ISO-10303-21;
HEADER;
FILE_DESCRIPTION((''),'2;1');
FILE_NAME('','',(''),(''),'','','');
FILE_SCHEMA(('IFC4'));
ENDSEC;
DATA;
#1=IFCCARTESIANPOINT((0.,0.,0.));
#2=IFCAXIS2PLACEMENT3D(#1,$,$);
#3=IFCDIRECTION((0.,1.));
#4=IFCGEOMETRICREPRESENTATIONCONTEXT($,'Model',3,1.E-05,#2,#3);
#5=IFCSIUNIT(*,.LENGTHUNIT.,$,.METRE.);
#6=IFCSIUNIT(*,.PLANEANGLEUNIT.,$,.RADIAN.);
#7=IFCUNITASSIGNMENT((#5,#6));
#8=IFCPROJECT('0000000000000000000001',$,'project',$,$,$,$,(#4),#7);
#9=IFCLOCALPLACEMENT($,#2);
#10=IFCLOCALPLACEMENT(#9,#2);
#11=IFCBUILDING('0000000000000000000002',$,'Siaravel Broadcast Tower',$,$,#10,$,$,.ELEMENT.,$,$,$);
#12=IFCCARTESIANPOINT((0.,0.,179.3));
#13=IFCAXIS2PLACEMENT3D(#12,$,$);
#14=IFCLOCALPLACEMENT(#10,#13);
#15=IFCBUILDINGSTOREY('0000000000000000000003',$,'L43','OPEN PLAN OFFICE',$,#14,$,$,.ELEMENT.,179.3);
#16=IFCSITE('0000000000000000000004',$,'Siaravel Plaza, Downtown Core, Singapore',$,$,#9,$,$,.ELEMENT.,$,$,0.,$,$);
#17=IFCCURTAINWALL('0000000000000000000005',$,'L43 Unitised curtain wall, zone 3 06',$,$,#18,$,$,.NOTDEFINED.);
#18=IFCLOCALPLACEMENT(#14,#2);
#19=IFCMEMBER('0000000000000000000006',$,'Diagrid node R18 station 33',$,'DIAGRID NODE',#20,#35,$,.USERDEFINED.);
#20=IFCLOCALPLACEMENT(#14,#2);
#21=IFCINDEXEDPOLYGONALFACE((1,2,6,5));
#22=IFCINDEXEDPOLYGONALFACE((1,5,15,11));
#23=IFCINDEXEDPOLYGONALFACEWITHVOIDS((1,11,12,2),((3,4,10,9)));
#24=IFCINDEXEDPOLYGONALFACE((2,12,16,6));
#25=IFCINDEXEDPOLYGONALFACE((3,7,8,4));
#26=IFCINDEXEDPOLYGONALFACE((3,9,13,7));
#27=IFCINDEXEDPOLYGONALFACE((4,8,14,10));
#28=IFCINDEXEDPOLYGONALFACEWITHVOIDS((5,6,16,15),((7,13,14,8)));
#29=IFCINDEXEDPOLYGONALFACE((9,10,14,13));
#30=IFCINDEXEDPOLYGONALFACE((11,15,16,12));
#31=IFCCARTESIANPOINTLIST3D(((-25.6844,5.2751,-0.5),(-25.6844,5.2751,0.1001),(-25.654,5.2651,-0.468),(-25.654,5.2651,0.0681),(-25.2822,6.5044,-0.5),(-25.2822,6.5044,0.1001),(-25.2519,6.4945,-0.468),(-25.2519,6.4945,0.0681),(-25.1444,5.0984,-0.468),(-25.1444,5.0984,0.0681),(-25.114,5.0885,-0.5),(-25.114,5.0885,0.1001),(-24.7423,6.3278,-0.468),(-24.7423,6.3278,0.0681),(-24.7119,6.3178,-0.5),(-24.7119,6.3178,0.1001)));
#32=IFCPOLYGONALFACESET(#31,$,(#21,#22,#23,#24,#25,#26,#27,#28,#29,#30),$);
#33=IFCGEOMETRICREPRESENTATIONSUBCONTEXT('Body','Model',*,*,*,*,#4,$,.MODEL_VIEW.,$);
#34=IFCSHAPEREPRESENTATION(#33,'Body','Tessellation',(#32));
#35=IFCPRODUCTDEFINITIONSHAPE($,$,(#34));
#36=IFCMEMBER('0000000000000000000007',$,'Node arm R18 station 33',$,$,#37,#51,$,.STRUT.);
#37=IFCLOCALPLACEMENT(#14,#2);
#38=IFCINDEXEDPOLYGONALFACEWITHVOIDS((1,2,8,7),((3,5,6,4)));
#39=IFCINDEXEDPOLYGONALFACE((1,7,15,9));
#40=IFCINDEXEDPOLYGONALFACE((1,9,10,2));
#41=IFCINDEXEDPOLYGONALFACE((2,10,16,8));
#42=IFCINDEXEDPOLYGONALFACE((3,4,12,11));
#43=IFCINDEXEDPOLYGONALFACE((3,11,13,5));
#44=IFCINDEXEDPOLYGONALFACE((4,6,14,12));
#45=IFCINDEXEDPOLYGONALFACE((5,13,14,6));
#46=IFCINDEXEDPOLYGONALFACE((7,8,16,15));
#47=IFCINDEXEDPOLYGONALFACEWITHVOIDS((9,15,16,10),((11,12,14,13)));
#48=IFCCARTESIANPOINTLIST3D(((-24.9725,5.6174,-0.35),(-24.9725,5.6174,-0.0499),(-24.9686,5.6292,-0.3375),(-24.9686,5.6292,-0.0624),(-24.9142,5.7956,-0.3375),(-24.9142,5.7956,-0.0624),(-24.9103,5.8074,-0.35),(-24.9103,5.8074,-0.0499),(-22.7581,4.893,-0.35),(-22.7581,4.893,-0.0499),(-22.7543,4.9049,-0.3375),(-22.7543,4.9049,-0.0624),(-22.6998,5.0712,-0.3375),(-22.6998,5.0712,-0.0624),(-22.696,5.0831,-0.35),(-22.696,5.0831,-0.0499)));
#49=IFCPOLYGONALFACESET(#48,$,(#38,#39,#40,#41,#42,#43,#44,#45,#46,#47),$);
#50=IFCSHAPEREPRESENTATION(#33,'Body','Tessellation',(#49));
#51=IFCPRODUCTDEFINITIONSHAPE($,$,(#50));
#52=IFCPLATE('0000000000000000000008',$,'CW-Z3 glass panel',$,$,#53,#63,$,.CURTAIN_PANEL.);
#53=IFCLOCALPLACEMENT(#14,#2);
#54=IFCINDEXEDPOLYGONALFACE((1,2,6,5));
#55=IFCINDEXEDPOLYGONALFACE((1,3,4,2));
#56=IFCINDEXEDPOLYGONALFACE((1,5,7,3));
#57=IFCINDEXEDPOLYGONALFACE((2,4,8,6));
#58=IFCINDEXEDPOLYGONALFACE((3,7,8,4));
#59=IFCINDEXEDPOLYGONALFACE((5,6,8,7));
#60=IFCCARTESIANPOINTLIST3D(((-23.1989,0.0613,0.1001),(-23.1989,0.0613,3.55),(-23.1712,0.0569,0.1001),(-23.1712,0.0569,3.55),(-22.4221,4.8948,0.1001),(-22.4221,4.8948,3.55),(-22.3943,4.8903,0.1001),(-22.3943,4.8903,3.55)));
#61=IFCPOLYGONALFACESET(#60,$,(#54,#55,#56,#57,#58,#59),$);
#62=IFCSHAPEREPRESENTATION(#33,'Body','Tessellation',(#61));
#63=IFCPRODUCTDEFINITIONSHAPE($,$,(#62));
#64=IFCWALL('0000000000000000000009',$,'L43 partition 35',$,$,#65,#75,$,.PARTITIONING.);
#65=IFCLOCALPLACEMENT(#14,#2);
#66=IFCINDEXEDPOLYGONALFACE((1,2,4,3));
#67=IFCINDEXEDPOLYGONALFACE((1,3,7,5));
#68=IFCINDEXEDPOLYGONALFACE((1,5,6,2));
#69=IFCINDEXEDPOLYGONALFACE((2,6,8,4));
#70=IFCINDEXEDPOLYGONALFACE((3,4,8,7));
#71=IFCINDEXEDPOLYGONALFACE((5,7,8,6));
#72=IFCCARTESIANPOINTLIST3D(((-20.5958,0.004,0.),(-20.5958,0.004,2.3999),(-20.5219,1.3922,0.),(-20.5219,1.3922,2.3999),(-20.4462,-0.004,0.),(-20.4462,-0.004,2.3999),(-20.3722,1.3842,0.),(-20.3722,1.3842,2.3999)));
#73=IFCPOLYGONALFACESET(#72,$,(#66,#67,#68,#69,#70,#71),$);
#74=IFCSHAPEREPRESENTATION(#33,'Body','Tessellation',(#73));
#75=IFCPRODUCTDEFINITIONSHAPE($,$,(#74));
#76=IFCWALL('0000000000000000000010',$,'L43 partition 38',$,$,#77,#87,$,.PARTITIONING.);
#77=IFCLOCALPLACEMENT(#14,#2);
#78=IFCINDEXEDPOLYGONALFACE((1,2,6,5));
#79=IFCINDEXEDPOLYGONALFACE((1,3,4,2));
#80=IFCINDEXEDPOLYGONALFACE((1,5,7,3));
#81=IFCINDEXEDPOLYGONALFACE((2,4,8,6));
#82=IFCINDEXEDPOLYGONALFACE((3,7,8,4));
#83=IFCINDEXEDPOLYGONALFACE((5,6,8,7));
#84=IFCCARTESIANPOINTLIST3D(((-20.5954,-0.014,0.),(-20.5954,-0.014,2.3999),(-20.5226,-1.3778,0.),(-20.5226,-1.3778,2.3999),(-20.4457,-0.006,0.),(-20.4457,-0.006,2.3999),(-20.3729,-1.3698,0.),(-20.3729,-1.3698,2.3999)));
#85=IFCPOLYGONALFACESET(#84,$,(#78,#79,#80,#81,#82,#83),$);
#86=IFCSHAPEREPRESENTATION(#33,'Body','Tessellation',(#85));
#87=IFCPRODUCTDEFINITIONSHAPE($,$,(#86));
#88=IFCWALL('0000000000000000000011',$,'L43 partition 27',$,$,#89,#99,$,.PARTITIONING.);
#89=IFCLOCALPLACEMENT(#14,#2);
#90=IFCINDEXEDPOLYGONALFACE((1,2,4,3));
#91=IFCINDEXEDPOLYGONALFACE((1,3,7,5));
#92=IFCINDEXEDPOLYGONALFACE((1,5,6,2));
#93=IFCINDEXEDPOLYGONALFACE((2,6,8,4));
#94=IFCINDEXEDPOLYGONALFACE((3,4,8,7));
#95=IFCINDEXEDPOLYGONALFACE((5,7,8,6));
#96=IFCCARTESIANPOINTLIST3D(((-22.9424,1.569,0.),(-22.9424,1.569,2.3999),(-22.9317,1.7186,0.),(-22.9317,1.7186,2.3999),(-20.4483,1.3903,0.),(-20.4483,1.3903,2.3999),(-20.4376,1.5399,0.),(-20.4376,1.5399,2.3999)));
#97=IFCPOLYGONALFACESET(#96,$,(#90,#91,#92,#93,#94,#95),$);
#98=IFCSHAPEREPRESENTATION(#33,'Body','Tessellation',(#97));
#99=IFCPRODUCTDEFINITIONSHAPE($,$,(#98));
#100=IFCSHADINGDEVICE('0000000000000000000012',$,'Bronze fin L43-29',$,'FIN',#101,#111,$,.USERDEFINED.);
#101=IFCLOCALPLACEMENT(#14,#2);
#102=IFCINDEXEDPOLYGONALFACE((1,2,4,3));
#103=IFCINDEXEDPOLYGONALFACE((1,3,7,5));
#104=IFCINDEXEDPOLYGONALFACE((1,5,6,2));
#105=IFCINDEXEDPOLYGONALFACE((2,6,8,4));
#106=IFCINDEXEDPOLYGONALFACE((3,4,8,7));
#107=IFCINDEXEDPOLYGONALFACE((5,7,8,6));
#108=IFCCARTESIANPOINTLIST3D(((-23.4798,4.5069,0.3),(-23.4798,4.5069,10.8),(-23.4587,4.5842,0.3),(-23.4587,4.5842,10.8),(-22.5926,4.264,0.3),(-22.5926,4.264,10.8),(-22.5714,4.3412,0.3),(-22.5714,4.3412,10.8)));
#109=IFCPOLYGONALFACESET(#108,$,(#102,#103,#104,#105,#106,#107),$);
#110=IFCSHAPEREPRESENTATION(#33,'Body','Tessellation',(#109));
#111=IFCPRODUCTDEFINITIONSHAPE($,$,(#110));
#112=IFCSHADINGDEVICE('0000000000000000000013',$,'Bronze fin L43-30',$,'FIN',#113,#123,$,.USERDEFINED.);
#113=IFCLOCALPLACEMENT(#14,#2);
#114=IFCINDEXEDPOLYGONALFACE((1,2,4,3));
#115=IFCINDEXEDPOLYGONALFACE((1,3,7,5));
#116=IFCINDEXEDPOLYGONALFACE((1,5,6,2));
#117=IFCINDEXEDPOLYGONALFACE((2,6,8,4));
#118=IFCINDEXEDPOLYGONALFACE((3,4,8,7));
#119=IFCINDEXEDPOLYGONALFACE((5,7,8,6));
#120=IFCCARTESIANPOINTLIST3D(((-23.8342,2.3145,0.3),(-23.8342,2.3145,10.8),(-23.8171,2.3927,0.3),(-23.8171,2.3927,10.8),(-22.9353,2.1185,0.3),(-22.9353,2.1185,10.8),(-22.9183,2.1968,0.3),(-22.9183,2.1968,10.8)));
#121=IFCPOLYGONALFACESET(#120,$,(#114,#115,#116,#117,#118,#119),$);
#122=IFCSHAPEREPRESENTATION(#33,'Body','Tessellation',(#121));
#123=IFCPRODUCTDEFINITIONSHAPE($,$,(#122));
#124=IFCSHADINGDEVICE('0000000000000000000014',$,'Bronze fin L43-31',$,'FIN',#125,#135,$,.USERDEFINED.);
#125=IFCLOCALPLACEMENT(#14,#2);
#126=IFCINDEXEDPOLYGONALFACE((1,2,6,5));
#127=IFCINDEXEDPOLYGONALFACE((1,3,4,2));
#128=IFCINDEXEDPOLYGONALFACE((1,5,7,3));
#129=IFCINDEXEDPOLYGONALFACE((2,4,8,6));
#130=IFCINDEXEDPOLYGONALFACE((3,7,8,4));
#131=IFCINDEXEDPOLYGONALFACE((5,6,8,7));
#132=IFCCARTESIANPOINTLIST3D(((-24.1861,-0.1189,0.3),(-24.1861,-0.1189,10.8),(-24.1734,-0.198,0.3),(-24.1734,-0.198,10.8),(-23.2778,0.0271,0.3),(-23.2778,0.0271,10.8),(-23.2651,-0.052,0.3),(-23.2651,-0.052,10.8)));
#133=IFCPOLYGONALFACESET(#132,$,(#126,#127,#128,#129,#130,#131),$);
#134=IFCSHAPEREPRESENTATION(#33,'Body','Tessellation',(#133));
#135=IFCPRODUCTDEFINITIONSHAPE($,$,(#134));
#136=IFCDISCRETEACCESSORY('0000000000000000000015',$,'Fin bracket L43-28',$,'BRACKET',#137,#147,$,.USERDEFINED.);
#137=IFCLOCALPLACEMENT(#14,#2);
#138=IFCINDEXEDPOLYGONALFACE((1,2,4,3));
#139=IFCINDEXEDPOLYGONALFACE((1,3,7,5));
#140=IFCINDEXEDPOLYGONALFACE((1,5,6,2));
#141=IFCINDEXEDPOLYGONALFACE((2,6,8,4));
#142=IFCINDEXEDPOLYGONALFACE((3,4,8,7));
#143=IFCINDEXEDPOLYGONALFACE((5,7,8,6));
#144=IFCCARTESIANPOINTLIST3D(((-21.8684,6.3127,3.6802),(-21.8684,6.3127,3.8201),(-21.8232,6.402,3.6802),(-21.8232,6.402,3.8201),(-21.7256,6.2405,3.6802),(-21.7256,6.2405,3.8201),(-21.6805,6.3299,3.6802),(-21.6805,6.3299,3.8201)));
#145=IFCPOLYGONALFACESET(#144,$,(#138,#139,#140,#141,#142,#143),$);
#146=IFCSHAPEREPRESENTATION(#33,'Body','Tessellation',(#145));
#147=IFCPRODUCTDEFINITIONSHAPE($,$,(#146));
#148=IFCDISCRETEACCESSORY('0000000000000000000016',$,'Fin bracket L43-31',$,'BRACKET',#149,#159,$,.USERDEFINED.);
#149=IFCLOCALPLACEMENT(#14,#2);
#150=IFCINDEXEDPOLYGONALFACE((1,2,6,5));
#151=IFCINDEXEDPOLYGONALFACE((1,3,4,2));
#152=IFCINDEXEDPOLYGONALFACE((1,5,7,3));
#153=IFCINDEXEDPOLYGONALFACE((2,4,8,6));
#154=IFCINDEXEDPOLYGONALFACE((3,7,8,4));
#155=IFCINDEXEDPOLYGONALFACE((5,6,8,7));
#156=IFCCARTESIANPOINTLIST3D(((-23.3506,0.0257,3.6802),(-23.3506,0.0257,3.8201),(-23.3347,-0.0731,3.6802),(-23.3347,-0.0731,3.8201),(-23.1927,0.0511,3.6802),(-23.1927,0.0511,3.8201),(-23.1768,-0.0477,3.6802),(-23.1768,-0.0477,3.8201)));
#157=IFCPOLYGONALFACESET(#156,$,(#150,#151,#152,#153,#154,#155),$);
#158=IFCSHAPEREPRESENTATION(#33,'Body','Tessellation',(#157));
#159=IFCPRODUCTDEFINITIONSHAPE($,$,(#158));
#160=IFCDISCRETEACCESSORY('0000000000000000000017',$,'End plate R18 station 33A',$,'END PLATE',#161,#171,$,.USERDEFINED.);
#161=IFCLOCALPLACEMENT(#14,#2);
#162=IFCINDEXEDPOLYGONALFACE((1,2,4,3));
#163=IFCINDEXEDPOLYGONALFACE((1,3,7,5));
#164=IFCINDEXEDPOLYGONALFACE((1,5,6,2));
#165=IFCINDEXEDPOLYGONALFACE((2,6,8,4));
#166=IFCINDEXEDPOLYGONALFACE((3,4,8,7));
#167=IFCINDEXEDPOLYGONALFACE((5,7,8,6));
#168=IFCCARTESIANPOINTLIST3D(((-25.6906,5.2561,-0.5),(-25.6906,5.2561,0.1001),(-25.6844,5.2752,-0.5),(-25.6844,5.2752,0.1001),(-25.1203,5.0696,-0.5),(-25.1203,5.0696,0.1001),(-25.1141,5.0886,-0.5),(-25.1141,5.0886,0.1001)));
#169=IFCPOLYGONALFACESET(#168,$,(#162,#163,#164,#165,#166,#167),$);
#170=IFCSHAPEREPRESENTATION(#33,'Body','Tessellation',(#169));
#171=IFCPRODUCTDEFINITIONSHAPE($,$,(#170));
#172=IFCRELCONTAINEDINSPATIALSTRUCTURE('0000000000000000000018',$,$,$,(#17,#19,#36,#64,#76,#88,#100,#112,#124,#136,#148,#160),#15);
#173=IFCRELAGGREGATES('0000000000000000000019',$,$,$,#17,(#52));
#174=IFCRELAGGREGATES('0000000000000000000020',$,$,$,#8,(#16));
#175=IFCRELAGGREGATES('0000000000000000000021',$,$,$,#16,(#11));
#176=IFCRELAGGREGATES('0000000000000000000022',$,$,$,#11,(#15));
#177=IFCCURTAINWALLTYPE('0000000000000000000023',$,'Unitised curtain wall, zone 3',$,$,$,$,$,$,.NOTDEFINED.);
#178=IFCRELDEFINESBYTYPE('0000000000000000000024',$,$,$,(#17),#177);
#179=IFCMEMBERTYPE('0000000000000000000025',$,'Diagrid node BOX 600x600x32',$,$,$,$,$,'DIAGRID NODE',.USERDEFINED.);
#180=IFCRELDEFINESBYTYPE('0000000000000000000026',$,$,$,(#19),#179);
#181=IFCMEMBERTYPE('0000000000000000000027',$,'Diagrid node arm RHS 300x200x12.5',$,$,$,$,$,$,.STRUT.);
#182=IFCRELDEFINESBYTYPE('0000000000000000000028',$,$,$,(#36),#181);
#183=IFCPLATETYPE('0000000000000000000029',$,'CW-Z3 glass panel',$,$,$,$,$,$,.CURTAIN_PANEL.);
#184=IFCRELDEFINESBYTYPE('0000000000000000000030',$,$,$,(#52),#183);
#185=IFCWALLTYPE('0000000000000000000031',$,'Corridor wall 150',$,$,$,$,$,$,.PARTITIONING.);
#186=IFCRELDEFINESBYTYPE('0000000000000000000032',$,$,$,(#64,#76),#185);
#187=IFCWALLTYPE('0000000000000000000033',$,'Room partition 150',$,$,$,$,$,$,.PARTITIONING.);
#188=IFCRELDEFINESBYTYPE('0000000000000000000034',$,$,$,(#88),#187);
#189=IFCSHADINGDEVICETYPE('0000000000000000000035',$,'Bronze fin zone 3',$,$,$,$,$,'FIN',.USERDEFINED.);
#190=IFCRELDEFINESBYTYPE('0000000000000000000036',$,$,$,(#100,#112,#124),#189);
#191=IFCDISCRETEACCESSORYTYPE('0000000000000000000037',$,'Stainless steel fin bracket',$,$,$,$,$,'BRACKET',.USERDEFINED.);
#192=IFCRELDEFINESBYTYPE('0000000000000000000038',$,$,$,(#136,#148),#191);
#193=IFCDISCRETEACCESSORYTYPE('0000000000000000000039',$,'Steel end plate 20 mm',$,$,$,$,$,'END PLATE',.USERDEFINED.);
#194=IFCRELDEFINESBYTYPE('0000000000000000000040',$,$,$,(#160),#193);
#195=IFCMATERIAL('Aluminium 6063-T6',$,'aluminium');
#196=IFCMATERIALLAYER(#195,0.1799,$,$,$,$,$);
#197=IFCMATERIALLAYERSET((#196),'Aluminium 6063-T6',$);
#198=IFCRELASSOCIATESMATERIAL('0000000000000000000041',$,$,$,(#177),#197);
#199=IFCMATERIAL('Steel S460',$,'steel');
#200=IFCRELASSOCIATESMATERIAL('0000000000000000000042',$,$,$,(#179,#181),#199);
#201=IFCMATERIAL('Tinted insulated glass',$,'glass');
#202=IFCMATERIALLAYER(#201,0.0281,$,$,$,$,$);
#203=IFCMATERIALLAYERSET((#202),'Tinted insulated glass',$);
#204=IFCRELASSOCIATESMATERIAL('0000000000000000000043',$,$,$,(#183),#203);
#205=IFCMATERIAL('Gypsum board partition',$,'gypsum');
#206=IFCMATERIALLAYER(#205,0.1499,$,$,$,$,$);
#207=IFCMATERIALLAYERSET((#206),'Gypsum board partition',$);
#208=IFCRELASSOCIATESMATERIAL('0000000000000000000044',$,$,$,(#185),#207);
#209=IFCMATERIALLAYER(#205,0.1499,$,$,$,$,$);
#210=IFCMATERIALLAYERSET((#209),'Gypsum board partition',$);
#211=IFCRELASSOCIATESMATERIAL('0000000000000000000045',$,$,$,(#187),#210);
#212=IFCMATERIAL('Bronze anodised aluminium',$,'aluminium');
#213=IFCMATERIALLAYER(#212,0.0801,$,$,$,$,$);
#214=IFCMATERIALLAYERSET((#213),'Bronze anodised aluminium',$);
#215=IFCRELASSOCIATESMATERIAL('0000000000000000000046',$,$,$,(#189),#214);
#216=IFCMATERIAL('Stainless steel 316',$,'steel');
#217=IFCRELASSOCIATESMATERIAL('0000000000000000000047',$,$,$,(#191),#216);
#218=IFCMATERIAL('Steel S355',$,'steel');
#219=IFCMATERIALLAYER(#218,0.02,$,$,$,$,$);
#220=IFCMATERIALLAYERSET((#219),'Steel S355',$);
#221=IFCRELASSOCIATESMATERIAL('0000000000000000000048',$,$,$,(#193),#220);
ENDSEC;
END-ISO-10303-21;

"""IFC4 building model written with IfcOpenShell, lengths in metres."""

from ifc_helpers import new_model, si_unit, direction, frame, frame_2d, origin, origin_2d, place, context, subcontext, project, spatial, rectangle, hollow_rectangle, extrude, material, layer, layer_set, material_profile, profile_set, type_object, element, aggregate, save


model = new_model("IFC4")

# Units and contexts
model_context = context("Model", 3, precision=1e-05, world=origin(), true_north=direction((0.0, 1.0)))
body_context = subcontext(model_context, "Body", "Model", "MODEL_VIEW")
ifc_project = project(units=[si_unit("LENGTHUNIT", "METRE"), si_unit("PLANEANGLEUNIT", "RADIAN")], contexts=[model_context])

# Site, building, storey
site_placement = place(None, origin())
site = spatial("IfcSite", under=ifc_project, at=site_placement, Name="Siaravel Plaza, Downtown Core, Singapore", CompositionType="ELEMENT", RefElevation=0.0)
building_placement = place(site_placement, origin())
building = spatial("IfcBuilding", under=site, at=building_placement, Name="Siaravel Broadcast Tower", CompositionType="ELEMENT")
storey_placement = place(building_placement, frame((0.0, 0.0, 179.3)))
storey = spatial("IfcBuildingStorey", under=building, at=storey_placement, Name="L43", Description="OPEN PLAN OFFICE", CompositionType="ELEMENT", Elevation=179.3)

# Shared definitions
ifc_material_1 = material(Name="Steel S355", Category="steel")

# Curtain wall
ifc_material_2 = material(Name="Aluminium 6063-T6", Category="aluminium")
ifc_layer_1 = layer(ifc_material_2, 0.1799)
ifc_layer_set_1 = layer_set([ifc_layer_1], Name="Aluminium 6063-T6")
curtain_wall_type = type_object("IfcCurtainWallType", Name="Unitised curtain wall, zone 3", PredefinedType="NOTDEFINED", material=ifc_layer_set_1)
curtain_wall_1_placement = place(storey_placement, origin())
curtain_wall_1 = element("IfcCurtainWall", 1, at=curtain_wall_1_placement, inside=storey, type_object=curtain_wall_type, Name="L43 Unitised curtain wall, zone 3 06", PredefinedType="NOTDEFINED")

# Members
ifc_material_3 = material(Name="Steel S460", Category="steel")
ifc_material_profile_1 = material_profile(ifc_material_3, hollow_rectangle(XDim=0.6001, YDim=0.6001, WallThickness=0.032, at=origin_2d()))
ifc_profile_set_1 = profile_set([ifc_material_profile_1], Name="Steel S460")
member_type_1 = type_object("IfcMemberType", Name="Diagrid node BOX 600x600x32", ElementType="DIAGRID NODE", PredefinedType="USERDEFINED", material=ifc_profile_set_1)
member_1_placement = place(storey_placement, frame((-24.9971, 6.4111, -0.2), z_axis=(-0.3109, -0.950443, 0.0), x_axis=(0.950443, -0.3109, 0.0)))
element("IfcMember", 2, at=member_1_placement, inside=storey, type_object=member_type_1, Name="Diagrid node R18 station 33", ObjectType="DIAGRID NODE", PredefinedType="USERDEFINED", context=body_context, shape_type="SweptSolid", body=[
    extrude(hollow_rectangle(XDim=0.6001, YDim=0.6001, WallThickness=0.032, at=origin_2d()), origin(), (0.0, 0.0, 1.0), 1.2935),
])
ifc_material_profile_2 = material_profile(ifc_material_3, hollow_rectangle(XDim=0.2, YDim=0.3, WallThickness=0.0125, at=origin_2d()))
ifc_profile_set_2 = profile_set([ifc_material_profile_2], Name="Steel S460")
member_type_2 = type_object("IfcMemberType", Name="Diagrid node arm RHS 300x200x12.5", PredefinedType="STRUT", material=ifc_profile_set_2)
member_2_placement = place(storey_placement, frame((-22.7271, 4.988, -0.2), z_axis=(-0.950439, 0.31091, 0.0), x_axis=(-0.31091, -0.950439, 0.0)))
element("IfcMember", 3, at=member_2_placement, inside=storey, type_object=member_type_2, Name="Node arm R18 station 33", PredefinedType="STRUT", context=body_context, shape_type="SweptSolid", body=[
    extrude(hollow_rectangle(XDim=0.2, YDim=0.3, WallThickness=0.0125, at=origin_2d()), origin(), (0.0, 0.0, 1.0), 2.3298),
])

# Plate
ifc_material_4 = material(Name="Tinted insulated glass", Category="glass")
ifc_layer_2 = layer(ifc_material_4, 0.0281)
ifc_layer_set_2 = layer_set([ifc_layer_2], Name="Tinted insulated glass")
plate_type = type_object("IfcPlateType", Name="CW-Z3 glass panel", PredefinedType="CURTAIN_PANEL", material=ifc_layer_set_2)
plate_placement = place(storey_placement, frame((-22.7966, 2.4758, 0.1001), z_axis=(0.0, 0.0, 1.0), x_axis=(-0.158686, -0.987329, 0.0)))
plate = element("IfcPlate", 4, at=plate_placement, type_object=plate_type, Name="CW-Z3 glass panel", PredefinedType="CURTAIN_PANEL", context=body_context, shape_type="SweptSolid", body=[
    extrude(rectangle(XDim=4.8955, YDim=0.0281, at=origin_2d()), origin(), (0.0, 0.0, 1.0), 3.45),
])
aggregate(curtain_wall_1, [plate])

# Walls
ifc_material_5 = material(Name="Gypsum board partition", Category="gypsum")
ifc_layer_3 = layer(ifc_material_5, 0.1499)
ifc_layer_set_3 = layer_set([ifc_layer_3], Name="Gypsum board partition")
wall_type_1 = type_object("IfcWallType", Name="Corridor wall 150", PredefinedType="PARTITIONING", material=ifc_layer_set_3)
wall_1_placement = place(storey_placement, frame((-20.447, 1.3882, 0.0), z_axis=(0.0, 0.0, 1.0), x_axis=(-0.053213, -0.998583, 0.0)))
element("IfcWall", 5, at=wall_1_placement, inside=storey, type_object=wall_type_1, Name="L43 partition 35", PredefinedType="PARTITIONING", context=body_context, shape_type="SweptSolid", body=[
    extrude(rectangle(XDim=1.3901, YDim=0.1499, at=frame_2d((0.6951, 0.0))), origin(), (0.0, 0.0, 1.0), 2.3999),
])
wall_2_placement = place(storey_placement, frame((-20.5205, -0.01, 0.0), z_axis=(0.0, 0.0, 1.0), x_axis=(0.053272, -0.99858, 0.0)))
element("IfcWall", 6, at=wall_2_placement, inside=storey, type_object=wall_type_1, Name="L43 partition 38", PredefinedType="PARTITIONING", context=body_context, shape_type="SweptSolid", body=[
    extrude(rectangle(XDim=1.3657, YDim=0.1499, at=frame_2d((0.6829, 0.0))), origin(), (0.0, 0.0, 1.0), 2.3999),
])
ifc_layer_4 = layer(ifc_material_5, 0.1499)
ifc_layer_set_4 = layer_set([ifc_layer_4], Name="Gypsum board partition")
wall_type_2 = type_object("IfcWallType", Name="Room partition 150", PredefinedType="PARTITIONING", material=ifc_layer_set_4)
wall_3_placement = place(storey_placement, frame((-22.937, 1.6438, 0.0), z_axis=(0.0, 0.0, 1.0), x_axis=(0.997443, -0.071469, 0.0)))
element("IfcWall", 7, at=wall_3_placement, inside=storey, type_object=wall_type_2, Name="L43 partition 27", PredefinedType="PARTITIONING", context=body_context, shape_type="SweptSolid", body=[
    extrude(rectangle(XDim=2.5005, YDim=0.1499, at=frame_2d((1.2502, 0.0))), origin(), (0.0, 0.0, 1.0), 2.3999),
])

# Shading devices
ifc_material_6 = material(Name="Bronze anodised aluminium", Category="aluminium")
ifc_layer_5 = layer(ifc_material_6, 0.0801)
ifc_layer_set_5 = layer_set([ifc_layer_5], Name="Bronze anodised aluminium")
shading_device_type = type_object("IfcShadingDeviceType", Name="Bronze fin zone 3", ElementType="FIN", PredefinedType="USERDEFINED", material=ifc_layer_set_5)
for number, where, z_axis, x_axis, name in (
    (8, (-23.0256, 4.4241, 0.3), (0.0, 0.0, 1.0), (-0.964501, 0.26408, 0.0), "Bronze fin L43-29"),
    (9, (-23.3762, 2.2556, 0.3), (0.0, 0.0, 1.0), (-0.977053, 0.212998, 0.0), "Bronze fin L43-30"),
    (10, (-23.7256, -0.0854, 0.3), (0.0, 0.0, 1.0), (-0.987329, -0.158685, 0.0), "Bronze fin L43-31"),
):
    element("IfcShadingDevice", number, at=place(storey_placement, frame(where, z_axis=z_axis, x_axis=x_axis)), inside=storey, type_object=shading_device_type, Name=name, ObjectType="FIN", PredefinedType="USERDEFINED", context=body_context, shape_type="SweptSolid", body=[
        extrude(rectangle(XDim=0.9199, YDim=0.0801, at=origin_2d()), origin(), (0.0, 0.0, 1.0), 10.5),
    ])

# Discrete accessories
ifc_material_7 = material(Name="Stainless steel 316", Category="steel")
discrete_accessory_type_1 = type_object("IfcDiscreteAccessoryType", Name="Stainless steel fin bracket", ElementType="BRACKET", PredefinedType="USERDEFINED", material=ifc_material_7)
for number, where, z_axis, x_axis, name in (
    (11, (-21.7744, 6.3213, 3.6802), (0.0, 0.0, 1.0), (-0.892392, 0.451261, 0.0), "Fin bracket L43-28"),
    (12, (-23.2637, -0.011, 3.6802), (0.0, 0.0, 1.0), (-0.987329, -0.158685, 0.0), "Fin bracket L43-31"),
):
    element("IfcDiscreteAccessory", number, at=place(storey_placement, frame(where, z_axis=z_axis, x_axis=x_axis)), inside=storey, type_object=discrete_accessory_type_1, Name=name, ObjectType="BRACKET", PredefinedType="USERDEFINED", context=body_context, shape_type="SweptSolid", body=[
        extrude(rectangle(XDim=0.1599, YDim=0.1001, at=origin_2d()), origin(), (0.0, 0.0, 1.0), 0.1399),
    ])
ifc_layer_6 = layer(ifc_material_1, 0.02)
ifc_layer_set_6 = layer_set([ifc_layer_6], Name="Steel S355")
discrete_accessory_type_2 = type_object("IfcDiscreteAccessoryType", Name="Steel end plate 20 mm", ElementType="END PLATE", PredefinedType="USERDEFINED", material=ifc_layer_set_6)
discrete_accessory_placement = place(storey_placement, frame((-25.4023, 5.1724, -0.5), z_axis=(0.0, 0.0, 1.0), x_axis=(-0.31091, -0.950439, 0.0)))
element("IfcDiscreteAccessory", 13, at=discrete_accessory_placement, inside=storey, type_object=discrete_accessory_type_2, Name="End plate R18 station 33A", ObjectType="END PLATE", PredefinedType="USERDEFINED", context=body_context, shape_type="SweptSolid", body=[
    extrude(rectangle(XDim=0.02, YDim=0.6001, at=origin_2d()), origin(), (0.0, 0.0, 1.0), 0.6001),
])

save(model, "model.ifc")
